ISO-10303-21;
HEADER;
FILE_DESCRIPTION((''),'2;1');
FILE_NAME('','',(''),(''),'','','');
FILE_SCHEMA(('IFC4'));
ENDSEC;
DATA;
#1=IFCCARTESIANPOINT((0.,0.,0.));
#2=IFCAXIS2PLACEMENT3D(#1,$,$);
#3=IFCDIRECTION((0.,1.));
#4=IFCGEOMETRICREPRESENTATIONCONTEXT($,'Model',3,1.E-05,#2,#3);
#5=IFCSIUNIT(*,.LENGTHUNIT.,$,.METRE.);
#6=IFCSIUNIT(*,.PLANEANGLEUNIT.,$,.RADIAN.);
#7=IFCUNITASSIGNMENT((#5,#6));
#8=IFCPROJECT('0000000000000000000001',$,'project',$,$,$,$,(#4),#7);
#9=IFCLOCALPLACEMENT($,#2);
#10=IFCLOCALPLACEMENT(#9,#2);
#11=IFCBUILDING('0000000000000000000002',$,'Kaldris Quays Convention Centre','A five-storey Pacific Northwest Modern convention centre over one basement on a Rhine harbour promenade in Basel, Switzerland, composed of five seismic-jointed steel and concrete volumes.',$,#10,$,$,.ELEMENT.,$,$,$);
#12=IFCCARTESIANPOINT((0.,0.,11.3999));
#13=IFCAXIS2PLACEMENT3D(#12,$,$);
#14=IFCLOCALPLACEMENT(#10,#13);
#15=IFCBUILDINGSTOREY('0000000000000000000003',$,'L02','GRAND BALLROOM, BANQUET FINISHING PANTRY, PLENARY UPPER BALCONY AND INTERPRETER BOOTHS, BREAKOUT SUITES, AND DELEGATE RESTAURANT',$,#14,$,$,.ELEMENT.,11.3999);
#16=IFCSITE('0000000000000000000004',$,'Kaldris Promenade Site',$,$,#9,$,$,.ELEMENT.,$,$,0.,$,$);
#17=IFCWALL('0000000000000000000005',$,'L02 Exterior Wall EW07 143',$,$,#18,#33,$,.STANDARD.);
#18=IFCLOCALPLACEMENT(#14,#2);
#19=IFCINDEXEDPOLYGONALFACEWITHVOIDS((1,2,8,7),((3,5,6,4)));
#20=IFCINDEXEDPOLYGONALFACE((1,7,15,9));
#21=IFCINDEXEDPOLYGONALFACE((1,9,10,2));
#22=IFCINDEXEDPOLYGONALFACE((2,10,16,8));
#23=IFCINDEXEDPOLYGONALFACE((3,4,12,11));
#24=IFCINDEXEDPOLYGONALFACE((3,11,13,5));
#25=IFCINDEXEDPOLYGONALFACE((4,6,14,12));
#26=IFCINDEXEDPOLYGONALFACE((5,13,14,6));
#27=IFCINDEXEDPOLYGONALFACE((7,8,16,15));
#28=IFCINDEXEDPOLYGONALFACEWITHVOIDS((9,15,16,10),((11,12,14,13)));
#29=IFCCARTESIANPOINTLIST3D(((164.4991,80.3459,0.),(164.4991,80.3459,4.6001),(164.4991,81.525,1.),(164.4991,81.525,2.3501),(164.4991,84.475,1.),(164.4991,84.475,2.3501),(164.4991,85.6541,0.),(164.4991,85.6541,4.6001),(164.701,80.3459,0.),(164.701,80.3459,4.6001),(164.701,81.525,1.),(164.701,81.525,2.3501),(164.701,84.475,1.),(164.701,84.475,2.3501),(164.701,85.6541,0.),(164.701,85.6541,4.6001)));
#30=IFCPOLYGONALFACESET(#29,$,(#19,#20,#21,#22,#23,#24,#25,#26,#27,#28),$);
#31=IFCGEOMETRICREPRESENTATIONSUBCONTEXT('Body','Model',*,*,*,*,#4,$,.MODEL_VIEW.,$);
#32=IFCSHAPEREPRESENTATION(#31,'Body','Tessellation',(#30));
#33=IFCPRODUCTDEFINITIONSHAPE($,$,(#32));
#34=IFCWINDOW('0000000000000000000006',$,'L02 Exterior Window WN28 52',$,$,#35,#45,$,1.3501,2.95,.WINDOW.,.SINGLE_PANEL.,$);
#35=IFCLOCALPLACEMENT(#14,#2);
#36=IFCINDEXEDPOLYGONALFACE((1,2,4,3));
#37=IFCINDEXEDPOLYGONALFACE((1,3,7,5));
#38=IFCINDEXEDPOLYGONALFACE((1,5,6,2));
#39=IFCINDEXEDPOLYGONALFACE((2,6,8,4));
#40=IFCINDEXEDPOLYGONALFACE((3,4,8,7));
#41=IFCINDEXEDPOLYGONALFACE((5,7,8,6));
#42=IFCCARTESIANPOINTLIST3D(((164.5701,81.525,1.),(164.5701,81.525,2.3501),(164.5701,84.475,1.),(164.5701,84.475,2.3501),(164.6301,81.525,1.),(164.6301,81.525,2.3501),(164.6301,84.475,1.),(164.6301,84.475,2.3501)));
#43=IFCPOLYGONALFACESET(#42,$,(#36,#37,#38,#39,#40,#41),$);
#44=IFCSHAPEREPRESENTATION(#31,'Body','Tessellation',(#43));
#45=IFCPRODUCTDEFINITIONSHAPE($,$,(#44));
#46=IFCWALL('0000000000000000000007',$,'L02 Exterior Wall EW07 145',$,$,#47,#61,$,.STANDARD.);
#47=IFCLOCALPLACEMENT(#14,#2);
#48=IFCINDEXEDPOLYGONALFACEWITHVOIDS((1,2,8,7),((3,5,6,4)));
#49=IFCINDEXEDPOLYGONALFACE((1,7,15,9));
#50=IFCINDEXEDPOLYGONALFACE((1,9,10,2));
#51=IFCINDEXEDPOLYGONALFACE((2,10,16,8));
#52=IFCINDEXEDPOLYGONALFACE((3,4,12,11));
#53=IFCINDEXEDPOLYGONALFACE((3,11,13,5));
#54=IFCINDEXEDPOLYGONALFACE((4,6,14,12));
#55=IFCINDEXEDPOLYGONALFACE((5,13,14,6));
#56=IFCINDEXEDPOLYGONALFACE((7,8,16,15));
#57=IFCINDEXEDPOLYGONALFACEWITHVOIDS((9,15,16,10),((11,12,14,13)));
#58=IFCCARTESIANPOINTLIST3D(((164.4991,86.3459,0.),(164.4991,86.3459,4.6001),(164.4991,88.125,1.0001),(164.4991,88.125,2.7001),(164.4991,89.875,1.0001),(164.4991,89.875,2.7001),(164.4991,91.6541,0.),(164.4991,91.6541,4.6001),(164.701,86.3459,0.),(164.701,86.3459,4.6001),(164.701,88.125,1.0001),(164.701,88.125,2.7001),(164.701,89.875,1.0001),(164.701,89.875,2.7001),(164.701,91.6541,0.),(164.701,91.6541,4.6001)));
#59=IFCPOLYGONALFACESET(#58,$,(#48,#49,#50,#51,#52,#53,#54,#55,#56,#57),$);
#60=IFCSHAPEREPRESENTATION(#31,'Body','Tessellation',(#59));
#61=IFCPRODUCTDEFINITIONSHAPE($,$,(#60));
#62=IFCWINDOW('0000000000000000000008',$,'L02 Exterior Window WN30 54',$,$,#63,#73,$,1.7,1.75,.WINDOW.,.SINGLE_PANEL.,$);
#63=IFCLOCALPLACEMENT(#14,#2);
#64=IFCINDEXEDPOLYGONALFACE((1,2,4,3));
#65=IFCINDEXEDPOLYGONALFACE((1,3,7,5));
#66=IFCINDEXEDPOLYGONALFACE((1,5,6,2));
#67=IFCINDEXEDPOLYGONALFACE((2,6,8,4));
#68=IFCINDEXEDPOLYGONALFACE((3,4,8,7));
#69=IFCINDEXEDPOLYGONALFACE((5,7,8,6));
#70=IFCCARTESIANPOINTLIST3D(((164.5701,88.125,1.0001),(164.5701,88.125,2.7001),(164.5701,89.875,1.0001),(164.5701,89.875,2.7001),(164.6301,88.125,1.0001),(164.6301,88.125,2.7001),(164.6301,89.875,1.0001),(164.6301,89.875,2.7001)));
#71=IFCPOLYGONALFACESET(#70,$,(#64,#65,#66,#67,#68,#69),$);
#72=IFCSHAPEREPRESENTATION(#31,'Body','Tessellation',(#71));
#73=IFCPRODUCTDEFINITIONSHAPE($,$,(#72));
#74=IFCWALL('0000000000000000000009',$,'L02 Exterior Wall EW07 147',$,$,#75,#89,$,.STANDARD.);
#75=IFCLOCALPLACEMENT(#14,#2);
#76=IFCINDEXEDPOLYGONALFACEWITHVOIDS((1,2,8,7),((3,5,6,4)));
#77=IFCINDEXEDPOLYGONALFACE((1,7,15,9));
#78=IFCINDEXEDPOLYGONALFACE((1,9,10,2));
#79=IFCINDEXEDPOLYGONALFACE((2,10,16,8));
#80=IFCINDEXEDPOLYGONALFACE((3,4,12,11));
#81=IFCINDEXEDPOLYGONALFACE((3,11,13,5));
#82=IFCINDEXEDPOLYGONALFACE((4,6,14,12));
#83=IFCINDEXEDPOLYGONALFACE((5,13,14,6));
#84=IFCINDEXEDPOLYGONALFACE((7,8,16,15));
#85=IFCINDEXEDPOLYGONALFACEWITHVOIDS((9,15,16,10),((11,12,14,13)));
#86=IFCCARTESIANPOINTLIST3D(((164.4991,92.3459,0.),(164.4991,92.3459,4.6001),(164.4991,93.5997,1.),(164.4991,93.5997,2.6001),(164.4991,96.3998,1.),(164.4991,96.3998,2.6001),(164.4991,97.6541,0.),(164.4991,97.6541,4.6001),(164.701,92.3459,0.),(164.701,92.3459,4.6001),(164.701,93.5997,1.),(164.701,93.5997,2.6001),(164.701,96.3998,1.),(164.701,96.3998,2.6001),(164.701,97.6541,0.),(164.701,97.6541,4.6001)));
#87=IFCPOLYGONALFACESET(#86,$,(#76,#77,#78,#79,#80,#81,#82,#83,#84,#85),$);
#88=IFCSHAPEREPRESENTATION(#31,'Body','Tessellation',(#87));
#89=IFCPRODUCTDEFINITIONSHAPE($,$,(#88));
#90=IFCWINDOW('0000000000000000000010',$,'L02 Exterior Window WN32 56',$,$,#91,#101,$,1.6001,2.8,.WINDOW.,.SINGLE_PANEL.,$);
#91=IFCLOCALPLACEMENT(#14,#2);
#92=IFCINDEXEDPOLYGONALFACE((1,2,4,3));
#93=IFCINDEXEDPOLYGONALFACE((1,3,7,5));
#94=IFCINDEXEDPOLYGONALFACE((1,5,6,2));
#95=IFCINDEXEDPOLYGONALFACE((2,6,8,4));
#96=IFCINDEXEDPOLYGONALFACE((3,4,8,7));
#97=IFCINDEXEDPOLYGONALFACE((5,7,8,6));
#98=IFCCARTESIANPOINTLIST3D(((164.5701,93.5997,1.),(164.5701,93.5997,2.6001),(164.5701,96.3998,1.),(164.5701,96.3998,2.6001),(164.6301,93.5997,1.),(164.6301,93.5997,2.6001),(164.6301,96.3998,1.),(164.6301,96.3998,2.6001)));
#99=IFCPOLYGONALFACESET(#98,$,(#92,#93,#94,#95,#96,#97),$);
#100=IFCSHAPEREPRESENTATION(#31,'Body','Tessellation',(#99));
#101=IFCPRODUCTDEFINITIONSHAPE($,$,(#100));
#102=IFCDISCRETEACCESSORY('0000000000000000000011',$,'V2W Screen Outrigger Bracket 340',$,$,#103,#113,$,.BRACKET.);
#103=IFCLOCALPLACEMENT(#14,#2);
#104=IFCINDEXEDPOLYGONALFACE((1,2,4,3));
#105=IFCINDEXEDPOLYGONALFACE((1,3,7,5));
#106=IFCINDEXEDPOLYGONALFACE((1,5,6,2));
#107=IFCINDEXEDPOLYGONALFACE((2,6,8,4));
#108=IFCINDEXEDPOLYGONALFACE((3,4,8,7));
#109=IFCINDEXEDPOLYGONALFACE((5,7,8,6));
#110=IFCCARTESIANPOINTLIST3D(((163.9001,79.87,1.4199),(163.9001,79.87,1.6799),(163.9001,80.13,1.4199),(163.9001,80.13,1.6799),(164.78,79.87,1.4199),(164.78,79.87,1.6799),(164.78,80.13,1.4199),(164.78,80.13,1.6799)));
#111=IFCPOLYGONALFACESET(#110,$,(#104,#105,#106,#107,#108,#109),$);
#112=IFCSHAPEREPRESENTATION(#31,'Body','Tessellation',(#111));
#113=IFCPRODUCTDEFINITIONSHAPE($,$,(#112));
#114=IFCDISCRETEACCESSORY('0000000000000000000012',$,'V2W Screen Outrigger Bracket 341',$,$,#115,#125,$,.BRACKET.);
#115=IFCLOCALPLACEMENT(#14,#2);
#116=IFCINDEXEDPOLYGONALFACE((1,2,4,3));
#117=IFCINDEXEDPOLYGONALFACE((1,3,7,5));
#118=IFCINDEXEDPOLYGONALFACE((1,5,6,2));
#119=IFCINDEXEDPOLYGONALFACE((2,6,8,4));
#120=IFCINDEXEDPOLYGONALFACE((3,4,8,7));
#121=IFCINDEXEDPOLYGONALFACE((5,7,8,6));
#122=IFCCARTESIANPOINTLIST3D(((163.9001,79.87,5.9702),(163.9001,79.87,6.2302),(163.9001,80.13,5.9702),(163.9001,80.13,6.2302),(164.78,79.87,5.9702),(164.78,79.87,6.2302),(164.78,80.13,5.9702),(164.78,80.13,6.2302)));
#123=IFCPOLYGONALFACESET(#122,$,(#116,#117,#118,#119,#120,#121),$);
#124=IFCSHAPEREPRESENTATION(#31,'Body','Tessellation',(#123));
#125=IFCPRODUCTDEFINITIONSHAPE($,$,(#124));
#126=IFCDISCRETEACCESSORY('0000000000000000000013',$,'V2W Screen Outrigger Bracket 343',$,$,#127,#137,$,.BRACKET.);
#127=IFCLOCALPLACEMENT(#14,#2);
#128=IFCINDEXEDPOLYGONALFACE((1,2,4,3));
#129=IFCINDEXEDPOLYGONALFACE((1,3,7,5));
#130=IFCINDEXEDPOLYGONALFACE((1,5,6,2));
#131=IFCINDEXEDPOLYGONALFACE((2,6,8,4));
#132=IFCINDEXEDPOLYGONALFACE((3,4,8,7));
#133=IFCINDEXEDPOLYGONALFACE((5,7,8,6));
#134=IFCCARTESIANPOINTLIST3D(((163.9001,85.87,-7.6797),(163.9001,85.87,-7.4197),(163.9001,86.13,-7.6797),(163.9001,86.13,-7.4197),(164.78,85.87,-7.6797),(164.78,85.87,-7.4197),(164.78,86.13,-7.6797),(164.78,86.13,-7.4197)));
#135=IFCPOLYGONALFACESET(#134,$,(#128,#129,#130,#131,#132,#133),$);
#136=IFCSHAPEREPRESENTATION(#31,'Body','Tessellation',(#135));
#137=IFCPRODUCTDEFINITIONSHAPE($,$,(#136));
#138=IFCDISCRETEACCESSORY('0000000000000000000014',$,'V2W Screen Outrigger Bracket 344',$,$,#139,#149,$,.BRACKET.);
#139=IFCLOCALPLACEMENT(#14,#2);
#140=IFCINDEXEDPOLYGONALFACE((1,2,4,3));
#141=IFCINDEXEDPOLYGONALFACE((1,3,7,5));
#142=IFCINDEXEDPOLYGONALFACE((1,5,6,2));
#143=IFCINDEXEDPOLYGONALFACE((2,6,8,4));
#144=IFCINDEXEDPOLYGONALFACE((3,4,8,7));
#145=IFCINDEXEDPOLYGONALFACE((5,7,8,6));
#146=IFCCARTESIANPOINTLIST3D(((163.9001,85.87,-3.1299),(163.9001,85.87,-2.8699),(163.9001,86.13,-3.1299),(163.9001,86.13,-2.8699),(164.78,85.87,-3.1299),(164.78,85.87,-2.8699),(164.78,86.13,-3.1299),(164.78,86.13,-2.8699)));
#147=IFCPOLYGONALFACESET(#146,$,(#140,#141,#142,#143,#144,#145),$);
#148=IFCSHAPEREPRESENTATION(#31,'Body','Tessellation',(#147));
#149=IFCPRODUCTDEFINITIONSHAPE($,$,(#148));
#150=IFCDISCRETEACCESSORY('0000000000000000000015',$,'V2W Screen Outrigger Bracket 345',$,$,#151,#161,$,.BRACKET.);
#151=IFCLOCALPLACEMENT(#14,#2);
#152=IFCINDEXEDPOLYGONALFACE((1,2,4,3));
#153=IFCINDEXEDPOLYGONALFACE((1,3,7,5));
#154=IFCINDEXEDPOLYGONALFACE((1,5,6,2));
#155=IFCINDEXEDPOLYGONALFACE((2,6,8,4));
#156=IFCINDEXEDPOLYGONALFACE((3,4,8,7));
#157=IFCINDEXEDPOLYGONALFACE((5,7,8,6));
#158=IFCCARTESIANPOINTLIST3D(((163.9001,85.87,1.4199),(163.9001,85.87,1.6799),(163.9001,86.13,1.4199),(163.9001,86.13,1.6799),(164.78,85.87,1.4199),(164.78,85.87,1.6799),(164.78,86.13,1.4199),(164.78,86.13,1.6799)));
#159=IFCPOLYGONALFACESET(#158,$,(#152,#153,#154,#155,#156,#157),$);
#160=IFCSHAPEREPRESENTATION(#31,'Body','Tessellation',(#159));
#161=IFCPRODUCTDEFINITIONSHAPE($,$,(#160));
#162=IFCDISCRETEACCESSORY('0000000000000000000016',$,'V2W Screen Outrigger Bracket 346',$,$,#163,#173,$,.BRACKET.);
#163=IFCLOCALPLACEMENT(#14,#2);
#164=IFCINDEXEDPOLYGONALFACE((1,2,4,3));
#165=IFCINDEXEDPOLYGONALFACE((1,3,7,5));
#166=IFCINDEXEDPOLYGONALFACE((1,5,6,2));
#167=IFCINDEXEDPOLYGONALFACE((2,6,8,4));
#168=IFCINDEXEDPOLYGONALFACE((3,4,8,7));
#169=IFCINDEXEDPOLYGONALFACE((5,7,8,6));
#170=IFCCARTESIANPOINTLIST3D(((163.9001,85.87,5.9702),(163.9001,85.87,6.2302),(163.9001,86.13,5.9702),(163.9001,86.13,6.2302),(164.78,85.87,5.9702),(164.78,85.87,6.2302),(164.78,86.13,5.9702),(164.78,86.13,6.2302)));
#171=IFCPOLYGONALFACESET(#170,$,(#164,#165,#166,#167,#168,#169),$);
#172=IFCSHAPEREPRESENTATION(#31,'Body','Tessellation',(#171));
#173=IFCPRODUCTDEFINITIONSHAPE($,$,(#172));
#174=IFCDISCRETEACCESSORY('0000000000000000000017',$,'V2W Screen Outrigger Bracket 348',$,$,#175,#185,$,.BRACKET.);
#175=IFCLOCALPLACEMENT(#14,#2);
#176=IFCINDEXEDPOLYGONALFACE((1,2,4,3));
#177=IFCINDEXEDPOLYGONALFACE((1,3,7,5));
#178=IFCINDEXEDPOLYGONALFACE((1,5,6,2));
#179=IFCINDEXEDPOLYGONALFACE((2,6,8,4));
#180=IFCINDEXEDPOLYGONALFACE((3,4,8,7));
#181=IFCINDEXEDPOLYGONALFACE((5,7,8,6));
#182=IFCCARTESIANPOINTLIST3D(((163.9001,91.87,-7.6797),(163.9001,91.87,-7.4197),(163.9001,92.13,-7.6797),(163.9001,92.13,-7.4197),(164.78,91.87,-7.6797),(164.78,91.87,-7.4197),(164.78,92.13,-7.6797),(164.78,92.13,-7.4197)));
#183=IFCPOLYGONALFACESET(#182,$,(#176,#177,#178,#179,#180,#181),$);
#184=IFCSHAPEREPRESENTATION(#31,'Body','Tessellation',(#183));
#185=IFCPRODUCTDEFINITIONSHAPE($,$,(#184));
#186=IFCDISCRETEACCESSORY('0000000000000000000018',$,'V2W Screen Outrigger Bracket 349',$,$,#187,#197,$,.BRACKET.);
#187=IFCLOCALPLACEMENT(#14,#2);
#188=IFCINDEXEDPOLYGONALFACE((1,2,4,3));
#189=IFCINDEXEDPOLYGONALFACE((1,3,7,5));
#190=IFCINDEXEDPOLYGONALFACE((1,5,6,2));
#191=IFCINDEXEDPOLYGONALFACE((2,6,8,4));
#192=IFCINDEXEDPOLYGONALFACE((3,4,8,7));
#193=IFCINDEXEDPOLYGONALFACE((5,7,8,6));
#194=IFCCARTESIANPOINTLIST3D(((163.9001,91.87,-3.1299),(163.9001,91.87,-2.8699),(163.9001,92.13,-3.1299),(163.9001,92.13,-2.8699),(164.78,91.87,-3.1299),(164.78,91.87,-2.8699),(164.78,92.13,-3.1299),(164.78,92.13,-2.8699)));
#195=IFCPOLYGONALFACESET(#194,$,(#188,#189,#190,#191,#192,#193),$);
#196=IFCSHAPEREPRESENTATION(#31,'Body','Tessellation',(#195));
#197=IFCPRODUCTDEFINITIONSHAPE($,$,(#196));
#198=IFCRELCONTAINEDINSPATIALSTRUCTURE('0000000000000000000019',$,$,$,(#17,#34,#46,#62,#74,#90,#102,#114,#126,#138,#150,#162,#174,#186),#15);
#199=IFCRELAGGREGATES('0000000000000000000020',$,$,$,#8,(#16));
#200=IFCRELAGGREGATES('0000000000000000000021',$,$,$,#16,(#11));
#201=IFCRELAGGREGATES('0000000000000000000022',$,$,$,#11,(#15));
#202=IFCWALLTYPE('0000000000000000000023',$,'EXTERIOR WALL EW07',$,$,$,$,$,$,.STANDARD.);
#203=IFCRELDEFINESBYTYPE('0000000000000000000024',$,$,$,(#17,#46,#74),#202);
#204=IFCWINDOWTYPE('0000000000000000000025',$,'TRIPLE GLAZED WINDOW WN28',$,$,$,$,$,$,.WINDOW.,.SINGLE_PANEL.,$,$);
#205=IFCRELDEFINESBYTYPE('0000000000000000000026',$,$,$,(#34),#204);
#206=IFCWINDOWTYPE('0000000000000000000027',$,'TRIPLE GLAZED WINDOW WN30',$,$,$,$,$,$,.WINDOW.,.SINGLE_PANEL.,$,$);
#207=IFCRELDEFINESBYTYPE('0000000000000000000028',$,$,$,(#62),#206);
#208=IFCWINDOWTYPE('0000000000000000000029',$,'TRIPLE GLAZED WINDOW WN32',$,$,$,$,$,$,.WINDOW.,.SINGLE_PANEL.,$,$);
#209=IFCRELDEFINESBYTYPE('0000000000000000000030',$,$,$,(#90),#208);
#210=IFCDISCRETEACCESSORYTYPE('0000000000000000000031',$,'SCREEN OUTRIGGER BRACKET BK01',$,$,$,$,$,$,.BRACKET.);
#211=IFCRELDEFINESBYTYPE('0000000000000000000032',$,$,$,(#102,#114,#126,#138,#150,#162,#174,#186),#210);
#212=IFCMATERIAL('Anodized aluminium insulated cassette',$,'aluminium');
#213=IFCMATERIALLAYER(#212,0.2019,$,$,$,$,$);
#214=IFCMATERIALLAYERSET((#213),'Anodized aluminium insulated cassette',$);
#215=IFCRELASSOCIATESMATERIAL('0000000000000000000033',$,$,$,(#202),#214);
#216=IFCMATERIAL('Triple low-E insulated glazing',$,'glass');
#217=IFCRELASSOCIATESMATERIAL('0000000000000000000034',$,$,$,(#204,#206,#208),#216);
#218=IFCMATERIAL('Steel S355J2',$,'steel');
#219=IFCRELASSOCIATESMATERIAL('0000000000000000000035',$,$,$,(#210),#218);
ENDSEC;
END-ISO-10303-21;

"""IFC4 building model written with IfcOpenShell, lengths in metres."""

from ifc_helpers import new_model, si_unit, direction, frame, frame_2d, origin, origin_2d, place, context, subcontext, project, spatial, rectangle, extrude, material, layer, layer_set, type_object, element, fill, save


model = new_model("IFC4")

# Units and contexts
model_context = context("Model", 3, precision=1e-05, world=origin(), true_north=direction((0.0, 1.0)))
body_context = subcontext(model_context, "Body", "Model", "MODEL_VIEW")
ifc_project = project(units=[si_unit("LENGTHUNIT", "METRE"), si_unit("PLANEANGLEUNIT", "RADIAN")], contexts=[model_context])

# Site, building, storey
site_placement = place(None, origin())
site = spatial("IfcSite", under=ifc_project, at=site_placement, Name="Kaldris Promenade Site", CompositionType="ELEMENT", RefElevation=0.0)
building_placement = place(site_placement, origin())
building = spatial("IfcBuilding", under=site, at=building_placement, Name="Kaldris Quays Convention Centre", Description="A five-storey Pacific Northwest Modern convention centre over one basement on a Rhine harbour promenade in Basel, Switzerland, composed of five seismic-jointed steel and concrete volumes.", CompositionType="ELEMENT")
storey_placement = place(building_placement, frame((0.0, 0.0, 11.3999)))
storey = spatial("IfcBuildingStorey", under=building, at=storey_placement, Name="L02", Description="GRAND BALLROOM, BANQUET FINISHING PANTRY, PLENARY UPPER BALCONY AND INTERPRETER BOOTHS, BREAKOUT SUITES, AND DELEGATE RESTAURANT", CompositionType="ELEMENT", Elevation=11.3999)

# Shared definitions
ifc_material_1 = material(Name="Steel S355J2", Category="steel")

# Walls, openings, windows
ifc_material_2 = material(Name="Anodized aluminium insulated cassette", Category="aluminium")
ifc_layer = layer(ifc_material_2, 0.2019)
ifc_layer_set = layer_set([ifc_layer], Name="Anodized aluminium insulated cassette")
wall_type = type_object("IfcWallType", Name="EXTERIOR WALL EW07", PredefinedType="STANDARD", material=ifc_layer_set)
ifc_material_3 = material(Name="Triple low-E insulated glazing", Category="glass")
wall_1_placement = place(storey_placement, frame((164.6001, 80.3459, 0.0), z_axis=(0.0, 0.0, 1.0), x_axis=(0.0, 1.0, 0.0)))
wall_1 = element("IfcWall", 1, at=wall_1_placement, inside=storey, type_object=wall_type, Name="L02 Exterior Wall EW07 143", PredefinedType="STANDARD", context=body_context, shape_type="SweptSolid", body=[
    extrude(rectangle(XDim=5.3081, YDim=0.2019, at=frame_2d((2.6541, 0.0))), origin(), (0.0, 0.0, 1.0), 4.6001),
])
opening_1_placement = place(wall_1_placement, frame((1.179, 0.0, 1.0)))
opening_1 = element("IfcOpeningElement", 2, at=opening_1_placement, cuts=wall_1, PredefinedType="OPENING", context=body_context, shape_type="SweptSolid", body=[
    extrude(rectangle(XDim=2.95, YDim=1.3501, at=frame_2d((1.4751, 0.675))), frame((0.0, 0.1108, 0.0), z_axis=(0.0, -1.0, 0.0), x_axis=(1.0, 0.0, 0.0)), (0.0, 0.0, 1.0), 0.2219),
])
window_type_1 = type_object("IfcWindowType", Name="TRIPLE GLAZED WINDOW WN28", PartitioningType="SINGLE_PANEL", PredefinedType="WINDOW", material=ifc_material_3)
window_1_placement = place(opening_1_placement, origin())
window_1 = element("IfcWindow", 3, at=window_1_placement, inside=storey, type_object=window_type_1, Name="L02 Exterior Window WN28 52", OverallHeight=1.3501, OverallWidth=2.95, PartitioningType="SINGLE_PANEL", PredefinedType="WINDOW", context=body_context, shape_type="SweptSolid", body=[
    extrude(rectangle(XDim=2.95, YDim=1.3501, at=frame_2d((1.4751, 0.675))), frame((0.0, 0.03, 0.0), z_axis=(0.0, -1.0, 0.0), x_axis=(1.0, 0.0, 0.0)), (0.0, 0.0, 1.0), 0.0601),
])
fill(opening_1, window_1)
wall_2_placement = place(storey_placement, frame((164.6001, 86.3459, 0.0), z_axis=(0.0, 0.0, 1.0), x_axis=(0.0, 1.0, 0.0)))
wall_2 = element("IfcWall", 4, at=wall_2_placement, inside=storey, type_object=wall_type, Name="L02 Exterior Wall EW07 145", PredefinedType="STANDARD", context=body_context, shape_type="SweptSolid", body=[
    extrude(rectangle(XDim=5.3081, YDim=0.2019, at=frame_2d((2.6541, 0.0))), origin(), (0.0, 0.0, 1.0), 4.6001),
])
opening_2_placement = place(wall_2_placement, frame((1.7791, 0.0, 1.0)))
opening_2 = element("IfcOpeningElement", 5, at=opening_2_placement, cuts=wall_2, PredefinedType="OPENING", context=body_context, shape_type="SweptSolid", body=[
    extrude(rectangle(XDim=1.75, YDim=1.7, at=frame_2d((0.875, 0.8501))), frame((0.0, 0.1108, 0.0), z_axis=(0.0, -1.0, 0.0), x_axis=(1.0, 0.0, 0.0)), (0.0, 0.0, 1.0), 0.2219),
])
window_type_2 = type_object("IfcWindowType", Name="TRIPLE GLAZED WINDOW WN30", PartitioningType="SINGLE_PANEL", PredefinedType="WINDOW", material=ifc_material_3)
window_2_placement = place(opening_2_placement, origin())
window_2 = element("IfcWindow", 6, at=window_2_placement, inside=storey, type_object=window_type_2, Name="L02 Exterior Window WN30 54", OverallHeight=1.7, OverallWidth=1.75, PartitioningType="SINGLE_PANEL", PredefinedType="WINDOW", context=body_context, shape_type="SweptSolid", body=[
    extrude(rectangle(XDim=1.75, YDim=1.7, at=frame_2d((0.875, 0.8501))), frame((0.0, 0.03, 0.0), z_axis=(0.0, -1.0, 0.0), x_axis=(1.0, 0.0, 0.0)), (0.0, 0.0, 1.0), 0.0601),
])
fill(opening_2, window_2)
wall_3_placement = place(storey_placement, frame((164.6001, 92.3459, 0.0), z_axis=(0.0, 0.0, 1.0), x_axis=(0.0, 1.0, 0.0)))
wall_3 = element("IfcWall", 7, at=wall_3_placement, inside=storey, type_object=wall_type, Name="L02 Exterior Wall EW07 147", PredefinedType="STANDARD", context=body_context, shape_type="SweptSolid", body=[
    extrude(rectangle(XDim=5.3081, YDim=0.2019, at=frame_2d((2.6541, 0.0))), origin(), (0.0, 0.0, 1.0), 4.6001),
])
opening_3_placement = place(wall_3_placement, frame((1.2539, 0.0, 1.0)))
opening_3 = element("IfcOpeningElement", 8, at=opening_3_placement, cuts=wall_3, PredefinedType="OPENING", context=body_context, shape_type="SweptSolid", body=[
    extrude(rectangle(XDim=2.8, YDim=1.6001, at=frame_2d((1.3999, 0.8))), frame((0.0, 0.1108, 0.0), z_axis=(0.0, -1.0, 0.0), x_axis=(1.0, 0.0, 0.0)), (0.0, 0.0, 1.0), 0.2219),
])
window_type_3 = type_object("IfcWindowType", Name="TRIPLE GLAZED WINDOW WN32", PartitioningType="SINGLE_PANEL", PredefinedType="WINDOW", material=ifc_material_3)
window_3_placement = place(opening_3_placement, origin())
window_3 = element("IfcWindow", 9, at=window_3_placement, inside=storey, type_object=window_type_3, Name="L02 Exterior Window WN32 56", OverallHeight=1.6001, OverallWidth=2.8, PartitioningType="SINGLE_PANEL", PredefinedType="WINDOW", context=body_context, shape_type="SweptSolid", body=[
    extrude(rectangle(XDim=2.8, YDim=1.6001, at=frame_2d((1.3999, 0.8))), frame((0.0, 0.03, 0.0), z_axis=(0.0, -1.0, 0.0), x_axis=(1.0, 0.0, 0.0)), (0.0, 0.0, 1.0), 0.0601),
])
fill(opening_3, window_3)

# Discrete accessories
discrete_accessory_type = type_object("IfcDiscreteAccessoryType", Name="SCREEN OUTRIGGER BRACKET BK01", PredefinedType="BRACKET", material=ifc_material_1)
for number, where, z_axis, x_axis, name in (
    (10, (164.3401, 80.0, 1.4199), (0.0, 0.0, 1.0), (0.0, 1.0, 0.0), "V2W Screen Outrigger Bracket 340"),
    (11, (164.3401, 80.0, 5.9702), (0.0, 0.0, 1.0), (0.0, 1.0, 0.0), "V2W Screen Outrigger Bracket 341"),
    (12, (164.3401, 86.0, -7.6797), (0.0, 0.0, 1.0), (0.0, 1.0, 0.0), "V2W Screen Outrigger Bracket 343"),
    (13, (164.3401, 86.0, -3.1299), (0.0, 0.0, 1.0), (0.0, 1.0, 0.0), "V2W Screen Outrigger Bracket 344"),
    (14, (164.3401, 86.0, 1.4199), (0.0, 0.0, 1.0), (0.0, 1.0, 0.0), "V2W Screen Outrigger Bracket 345"),
    (15, (164.3401, 86.0, 5.9702), (0.0, 0.0, 1.0), (0.0, 1.0, 0.0), "V2W Screen Outrigger Bracket 346"),
    (16, (164.3401, 92.0, -7.6797), (0.0, 0.0, 1.0), (0.0, 1.0, 0.0), "V2W Screen Outrigger Bracket 348"),
    (17, (164.3401, 92.0, -3.1299), (0.0, 0.0, 1.0), (0.0, 1.0, 0.0), "V2W Screen Outrigger Bracket 349"),
):
    element("IfcDiscreteAccessory", number, at=place(storey_placement, frame(where, z_axis=z_axis, x_axis=x_axis)), inside=storey, type_object=discrete_accessory_type, Name=name, PredefinedType="BRACKET", context=body_context, shape_type="SweptSolid", body=[
        extrude(rectangle(XDim=0.26, YDim=0.8799, at=origin_2d()), origin(), (0.0, 0.0, 1.0), 0.26),
    ])

save(model, "model.ifc")
